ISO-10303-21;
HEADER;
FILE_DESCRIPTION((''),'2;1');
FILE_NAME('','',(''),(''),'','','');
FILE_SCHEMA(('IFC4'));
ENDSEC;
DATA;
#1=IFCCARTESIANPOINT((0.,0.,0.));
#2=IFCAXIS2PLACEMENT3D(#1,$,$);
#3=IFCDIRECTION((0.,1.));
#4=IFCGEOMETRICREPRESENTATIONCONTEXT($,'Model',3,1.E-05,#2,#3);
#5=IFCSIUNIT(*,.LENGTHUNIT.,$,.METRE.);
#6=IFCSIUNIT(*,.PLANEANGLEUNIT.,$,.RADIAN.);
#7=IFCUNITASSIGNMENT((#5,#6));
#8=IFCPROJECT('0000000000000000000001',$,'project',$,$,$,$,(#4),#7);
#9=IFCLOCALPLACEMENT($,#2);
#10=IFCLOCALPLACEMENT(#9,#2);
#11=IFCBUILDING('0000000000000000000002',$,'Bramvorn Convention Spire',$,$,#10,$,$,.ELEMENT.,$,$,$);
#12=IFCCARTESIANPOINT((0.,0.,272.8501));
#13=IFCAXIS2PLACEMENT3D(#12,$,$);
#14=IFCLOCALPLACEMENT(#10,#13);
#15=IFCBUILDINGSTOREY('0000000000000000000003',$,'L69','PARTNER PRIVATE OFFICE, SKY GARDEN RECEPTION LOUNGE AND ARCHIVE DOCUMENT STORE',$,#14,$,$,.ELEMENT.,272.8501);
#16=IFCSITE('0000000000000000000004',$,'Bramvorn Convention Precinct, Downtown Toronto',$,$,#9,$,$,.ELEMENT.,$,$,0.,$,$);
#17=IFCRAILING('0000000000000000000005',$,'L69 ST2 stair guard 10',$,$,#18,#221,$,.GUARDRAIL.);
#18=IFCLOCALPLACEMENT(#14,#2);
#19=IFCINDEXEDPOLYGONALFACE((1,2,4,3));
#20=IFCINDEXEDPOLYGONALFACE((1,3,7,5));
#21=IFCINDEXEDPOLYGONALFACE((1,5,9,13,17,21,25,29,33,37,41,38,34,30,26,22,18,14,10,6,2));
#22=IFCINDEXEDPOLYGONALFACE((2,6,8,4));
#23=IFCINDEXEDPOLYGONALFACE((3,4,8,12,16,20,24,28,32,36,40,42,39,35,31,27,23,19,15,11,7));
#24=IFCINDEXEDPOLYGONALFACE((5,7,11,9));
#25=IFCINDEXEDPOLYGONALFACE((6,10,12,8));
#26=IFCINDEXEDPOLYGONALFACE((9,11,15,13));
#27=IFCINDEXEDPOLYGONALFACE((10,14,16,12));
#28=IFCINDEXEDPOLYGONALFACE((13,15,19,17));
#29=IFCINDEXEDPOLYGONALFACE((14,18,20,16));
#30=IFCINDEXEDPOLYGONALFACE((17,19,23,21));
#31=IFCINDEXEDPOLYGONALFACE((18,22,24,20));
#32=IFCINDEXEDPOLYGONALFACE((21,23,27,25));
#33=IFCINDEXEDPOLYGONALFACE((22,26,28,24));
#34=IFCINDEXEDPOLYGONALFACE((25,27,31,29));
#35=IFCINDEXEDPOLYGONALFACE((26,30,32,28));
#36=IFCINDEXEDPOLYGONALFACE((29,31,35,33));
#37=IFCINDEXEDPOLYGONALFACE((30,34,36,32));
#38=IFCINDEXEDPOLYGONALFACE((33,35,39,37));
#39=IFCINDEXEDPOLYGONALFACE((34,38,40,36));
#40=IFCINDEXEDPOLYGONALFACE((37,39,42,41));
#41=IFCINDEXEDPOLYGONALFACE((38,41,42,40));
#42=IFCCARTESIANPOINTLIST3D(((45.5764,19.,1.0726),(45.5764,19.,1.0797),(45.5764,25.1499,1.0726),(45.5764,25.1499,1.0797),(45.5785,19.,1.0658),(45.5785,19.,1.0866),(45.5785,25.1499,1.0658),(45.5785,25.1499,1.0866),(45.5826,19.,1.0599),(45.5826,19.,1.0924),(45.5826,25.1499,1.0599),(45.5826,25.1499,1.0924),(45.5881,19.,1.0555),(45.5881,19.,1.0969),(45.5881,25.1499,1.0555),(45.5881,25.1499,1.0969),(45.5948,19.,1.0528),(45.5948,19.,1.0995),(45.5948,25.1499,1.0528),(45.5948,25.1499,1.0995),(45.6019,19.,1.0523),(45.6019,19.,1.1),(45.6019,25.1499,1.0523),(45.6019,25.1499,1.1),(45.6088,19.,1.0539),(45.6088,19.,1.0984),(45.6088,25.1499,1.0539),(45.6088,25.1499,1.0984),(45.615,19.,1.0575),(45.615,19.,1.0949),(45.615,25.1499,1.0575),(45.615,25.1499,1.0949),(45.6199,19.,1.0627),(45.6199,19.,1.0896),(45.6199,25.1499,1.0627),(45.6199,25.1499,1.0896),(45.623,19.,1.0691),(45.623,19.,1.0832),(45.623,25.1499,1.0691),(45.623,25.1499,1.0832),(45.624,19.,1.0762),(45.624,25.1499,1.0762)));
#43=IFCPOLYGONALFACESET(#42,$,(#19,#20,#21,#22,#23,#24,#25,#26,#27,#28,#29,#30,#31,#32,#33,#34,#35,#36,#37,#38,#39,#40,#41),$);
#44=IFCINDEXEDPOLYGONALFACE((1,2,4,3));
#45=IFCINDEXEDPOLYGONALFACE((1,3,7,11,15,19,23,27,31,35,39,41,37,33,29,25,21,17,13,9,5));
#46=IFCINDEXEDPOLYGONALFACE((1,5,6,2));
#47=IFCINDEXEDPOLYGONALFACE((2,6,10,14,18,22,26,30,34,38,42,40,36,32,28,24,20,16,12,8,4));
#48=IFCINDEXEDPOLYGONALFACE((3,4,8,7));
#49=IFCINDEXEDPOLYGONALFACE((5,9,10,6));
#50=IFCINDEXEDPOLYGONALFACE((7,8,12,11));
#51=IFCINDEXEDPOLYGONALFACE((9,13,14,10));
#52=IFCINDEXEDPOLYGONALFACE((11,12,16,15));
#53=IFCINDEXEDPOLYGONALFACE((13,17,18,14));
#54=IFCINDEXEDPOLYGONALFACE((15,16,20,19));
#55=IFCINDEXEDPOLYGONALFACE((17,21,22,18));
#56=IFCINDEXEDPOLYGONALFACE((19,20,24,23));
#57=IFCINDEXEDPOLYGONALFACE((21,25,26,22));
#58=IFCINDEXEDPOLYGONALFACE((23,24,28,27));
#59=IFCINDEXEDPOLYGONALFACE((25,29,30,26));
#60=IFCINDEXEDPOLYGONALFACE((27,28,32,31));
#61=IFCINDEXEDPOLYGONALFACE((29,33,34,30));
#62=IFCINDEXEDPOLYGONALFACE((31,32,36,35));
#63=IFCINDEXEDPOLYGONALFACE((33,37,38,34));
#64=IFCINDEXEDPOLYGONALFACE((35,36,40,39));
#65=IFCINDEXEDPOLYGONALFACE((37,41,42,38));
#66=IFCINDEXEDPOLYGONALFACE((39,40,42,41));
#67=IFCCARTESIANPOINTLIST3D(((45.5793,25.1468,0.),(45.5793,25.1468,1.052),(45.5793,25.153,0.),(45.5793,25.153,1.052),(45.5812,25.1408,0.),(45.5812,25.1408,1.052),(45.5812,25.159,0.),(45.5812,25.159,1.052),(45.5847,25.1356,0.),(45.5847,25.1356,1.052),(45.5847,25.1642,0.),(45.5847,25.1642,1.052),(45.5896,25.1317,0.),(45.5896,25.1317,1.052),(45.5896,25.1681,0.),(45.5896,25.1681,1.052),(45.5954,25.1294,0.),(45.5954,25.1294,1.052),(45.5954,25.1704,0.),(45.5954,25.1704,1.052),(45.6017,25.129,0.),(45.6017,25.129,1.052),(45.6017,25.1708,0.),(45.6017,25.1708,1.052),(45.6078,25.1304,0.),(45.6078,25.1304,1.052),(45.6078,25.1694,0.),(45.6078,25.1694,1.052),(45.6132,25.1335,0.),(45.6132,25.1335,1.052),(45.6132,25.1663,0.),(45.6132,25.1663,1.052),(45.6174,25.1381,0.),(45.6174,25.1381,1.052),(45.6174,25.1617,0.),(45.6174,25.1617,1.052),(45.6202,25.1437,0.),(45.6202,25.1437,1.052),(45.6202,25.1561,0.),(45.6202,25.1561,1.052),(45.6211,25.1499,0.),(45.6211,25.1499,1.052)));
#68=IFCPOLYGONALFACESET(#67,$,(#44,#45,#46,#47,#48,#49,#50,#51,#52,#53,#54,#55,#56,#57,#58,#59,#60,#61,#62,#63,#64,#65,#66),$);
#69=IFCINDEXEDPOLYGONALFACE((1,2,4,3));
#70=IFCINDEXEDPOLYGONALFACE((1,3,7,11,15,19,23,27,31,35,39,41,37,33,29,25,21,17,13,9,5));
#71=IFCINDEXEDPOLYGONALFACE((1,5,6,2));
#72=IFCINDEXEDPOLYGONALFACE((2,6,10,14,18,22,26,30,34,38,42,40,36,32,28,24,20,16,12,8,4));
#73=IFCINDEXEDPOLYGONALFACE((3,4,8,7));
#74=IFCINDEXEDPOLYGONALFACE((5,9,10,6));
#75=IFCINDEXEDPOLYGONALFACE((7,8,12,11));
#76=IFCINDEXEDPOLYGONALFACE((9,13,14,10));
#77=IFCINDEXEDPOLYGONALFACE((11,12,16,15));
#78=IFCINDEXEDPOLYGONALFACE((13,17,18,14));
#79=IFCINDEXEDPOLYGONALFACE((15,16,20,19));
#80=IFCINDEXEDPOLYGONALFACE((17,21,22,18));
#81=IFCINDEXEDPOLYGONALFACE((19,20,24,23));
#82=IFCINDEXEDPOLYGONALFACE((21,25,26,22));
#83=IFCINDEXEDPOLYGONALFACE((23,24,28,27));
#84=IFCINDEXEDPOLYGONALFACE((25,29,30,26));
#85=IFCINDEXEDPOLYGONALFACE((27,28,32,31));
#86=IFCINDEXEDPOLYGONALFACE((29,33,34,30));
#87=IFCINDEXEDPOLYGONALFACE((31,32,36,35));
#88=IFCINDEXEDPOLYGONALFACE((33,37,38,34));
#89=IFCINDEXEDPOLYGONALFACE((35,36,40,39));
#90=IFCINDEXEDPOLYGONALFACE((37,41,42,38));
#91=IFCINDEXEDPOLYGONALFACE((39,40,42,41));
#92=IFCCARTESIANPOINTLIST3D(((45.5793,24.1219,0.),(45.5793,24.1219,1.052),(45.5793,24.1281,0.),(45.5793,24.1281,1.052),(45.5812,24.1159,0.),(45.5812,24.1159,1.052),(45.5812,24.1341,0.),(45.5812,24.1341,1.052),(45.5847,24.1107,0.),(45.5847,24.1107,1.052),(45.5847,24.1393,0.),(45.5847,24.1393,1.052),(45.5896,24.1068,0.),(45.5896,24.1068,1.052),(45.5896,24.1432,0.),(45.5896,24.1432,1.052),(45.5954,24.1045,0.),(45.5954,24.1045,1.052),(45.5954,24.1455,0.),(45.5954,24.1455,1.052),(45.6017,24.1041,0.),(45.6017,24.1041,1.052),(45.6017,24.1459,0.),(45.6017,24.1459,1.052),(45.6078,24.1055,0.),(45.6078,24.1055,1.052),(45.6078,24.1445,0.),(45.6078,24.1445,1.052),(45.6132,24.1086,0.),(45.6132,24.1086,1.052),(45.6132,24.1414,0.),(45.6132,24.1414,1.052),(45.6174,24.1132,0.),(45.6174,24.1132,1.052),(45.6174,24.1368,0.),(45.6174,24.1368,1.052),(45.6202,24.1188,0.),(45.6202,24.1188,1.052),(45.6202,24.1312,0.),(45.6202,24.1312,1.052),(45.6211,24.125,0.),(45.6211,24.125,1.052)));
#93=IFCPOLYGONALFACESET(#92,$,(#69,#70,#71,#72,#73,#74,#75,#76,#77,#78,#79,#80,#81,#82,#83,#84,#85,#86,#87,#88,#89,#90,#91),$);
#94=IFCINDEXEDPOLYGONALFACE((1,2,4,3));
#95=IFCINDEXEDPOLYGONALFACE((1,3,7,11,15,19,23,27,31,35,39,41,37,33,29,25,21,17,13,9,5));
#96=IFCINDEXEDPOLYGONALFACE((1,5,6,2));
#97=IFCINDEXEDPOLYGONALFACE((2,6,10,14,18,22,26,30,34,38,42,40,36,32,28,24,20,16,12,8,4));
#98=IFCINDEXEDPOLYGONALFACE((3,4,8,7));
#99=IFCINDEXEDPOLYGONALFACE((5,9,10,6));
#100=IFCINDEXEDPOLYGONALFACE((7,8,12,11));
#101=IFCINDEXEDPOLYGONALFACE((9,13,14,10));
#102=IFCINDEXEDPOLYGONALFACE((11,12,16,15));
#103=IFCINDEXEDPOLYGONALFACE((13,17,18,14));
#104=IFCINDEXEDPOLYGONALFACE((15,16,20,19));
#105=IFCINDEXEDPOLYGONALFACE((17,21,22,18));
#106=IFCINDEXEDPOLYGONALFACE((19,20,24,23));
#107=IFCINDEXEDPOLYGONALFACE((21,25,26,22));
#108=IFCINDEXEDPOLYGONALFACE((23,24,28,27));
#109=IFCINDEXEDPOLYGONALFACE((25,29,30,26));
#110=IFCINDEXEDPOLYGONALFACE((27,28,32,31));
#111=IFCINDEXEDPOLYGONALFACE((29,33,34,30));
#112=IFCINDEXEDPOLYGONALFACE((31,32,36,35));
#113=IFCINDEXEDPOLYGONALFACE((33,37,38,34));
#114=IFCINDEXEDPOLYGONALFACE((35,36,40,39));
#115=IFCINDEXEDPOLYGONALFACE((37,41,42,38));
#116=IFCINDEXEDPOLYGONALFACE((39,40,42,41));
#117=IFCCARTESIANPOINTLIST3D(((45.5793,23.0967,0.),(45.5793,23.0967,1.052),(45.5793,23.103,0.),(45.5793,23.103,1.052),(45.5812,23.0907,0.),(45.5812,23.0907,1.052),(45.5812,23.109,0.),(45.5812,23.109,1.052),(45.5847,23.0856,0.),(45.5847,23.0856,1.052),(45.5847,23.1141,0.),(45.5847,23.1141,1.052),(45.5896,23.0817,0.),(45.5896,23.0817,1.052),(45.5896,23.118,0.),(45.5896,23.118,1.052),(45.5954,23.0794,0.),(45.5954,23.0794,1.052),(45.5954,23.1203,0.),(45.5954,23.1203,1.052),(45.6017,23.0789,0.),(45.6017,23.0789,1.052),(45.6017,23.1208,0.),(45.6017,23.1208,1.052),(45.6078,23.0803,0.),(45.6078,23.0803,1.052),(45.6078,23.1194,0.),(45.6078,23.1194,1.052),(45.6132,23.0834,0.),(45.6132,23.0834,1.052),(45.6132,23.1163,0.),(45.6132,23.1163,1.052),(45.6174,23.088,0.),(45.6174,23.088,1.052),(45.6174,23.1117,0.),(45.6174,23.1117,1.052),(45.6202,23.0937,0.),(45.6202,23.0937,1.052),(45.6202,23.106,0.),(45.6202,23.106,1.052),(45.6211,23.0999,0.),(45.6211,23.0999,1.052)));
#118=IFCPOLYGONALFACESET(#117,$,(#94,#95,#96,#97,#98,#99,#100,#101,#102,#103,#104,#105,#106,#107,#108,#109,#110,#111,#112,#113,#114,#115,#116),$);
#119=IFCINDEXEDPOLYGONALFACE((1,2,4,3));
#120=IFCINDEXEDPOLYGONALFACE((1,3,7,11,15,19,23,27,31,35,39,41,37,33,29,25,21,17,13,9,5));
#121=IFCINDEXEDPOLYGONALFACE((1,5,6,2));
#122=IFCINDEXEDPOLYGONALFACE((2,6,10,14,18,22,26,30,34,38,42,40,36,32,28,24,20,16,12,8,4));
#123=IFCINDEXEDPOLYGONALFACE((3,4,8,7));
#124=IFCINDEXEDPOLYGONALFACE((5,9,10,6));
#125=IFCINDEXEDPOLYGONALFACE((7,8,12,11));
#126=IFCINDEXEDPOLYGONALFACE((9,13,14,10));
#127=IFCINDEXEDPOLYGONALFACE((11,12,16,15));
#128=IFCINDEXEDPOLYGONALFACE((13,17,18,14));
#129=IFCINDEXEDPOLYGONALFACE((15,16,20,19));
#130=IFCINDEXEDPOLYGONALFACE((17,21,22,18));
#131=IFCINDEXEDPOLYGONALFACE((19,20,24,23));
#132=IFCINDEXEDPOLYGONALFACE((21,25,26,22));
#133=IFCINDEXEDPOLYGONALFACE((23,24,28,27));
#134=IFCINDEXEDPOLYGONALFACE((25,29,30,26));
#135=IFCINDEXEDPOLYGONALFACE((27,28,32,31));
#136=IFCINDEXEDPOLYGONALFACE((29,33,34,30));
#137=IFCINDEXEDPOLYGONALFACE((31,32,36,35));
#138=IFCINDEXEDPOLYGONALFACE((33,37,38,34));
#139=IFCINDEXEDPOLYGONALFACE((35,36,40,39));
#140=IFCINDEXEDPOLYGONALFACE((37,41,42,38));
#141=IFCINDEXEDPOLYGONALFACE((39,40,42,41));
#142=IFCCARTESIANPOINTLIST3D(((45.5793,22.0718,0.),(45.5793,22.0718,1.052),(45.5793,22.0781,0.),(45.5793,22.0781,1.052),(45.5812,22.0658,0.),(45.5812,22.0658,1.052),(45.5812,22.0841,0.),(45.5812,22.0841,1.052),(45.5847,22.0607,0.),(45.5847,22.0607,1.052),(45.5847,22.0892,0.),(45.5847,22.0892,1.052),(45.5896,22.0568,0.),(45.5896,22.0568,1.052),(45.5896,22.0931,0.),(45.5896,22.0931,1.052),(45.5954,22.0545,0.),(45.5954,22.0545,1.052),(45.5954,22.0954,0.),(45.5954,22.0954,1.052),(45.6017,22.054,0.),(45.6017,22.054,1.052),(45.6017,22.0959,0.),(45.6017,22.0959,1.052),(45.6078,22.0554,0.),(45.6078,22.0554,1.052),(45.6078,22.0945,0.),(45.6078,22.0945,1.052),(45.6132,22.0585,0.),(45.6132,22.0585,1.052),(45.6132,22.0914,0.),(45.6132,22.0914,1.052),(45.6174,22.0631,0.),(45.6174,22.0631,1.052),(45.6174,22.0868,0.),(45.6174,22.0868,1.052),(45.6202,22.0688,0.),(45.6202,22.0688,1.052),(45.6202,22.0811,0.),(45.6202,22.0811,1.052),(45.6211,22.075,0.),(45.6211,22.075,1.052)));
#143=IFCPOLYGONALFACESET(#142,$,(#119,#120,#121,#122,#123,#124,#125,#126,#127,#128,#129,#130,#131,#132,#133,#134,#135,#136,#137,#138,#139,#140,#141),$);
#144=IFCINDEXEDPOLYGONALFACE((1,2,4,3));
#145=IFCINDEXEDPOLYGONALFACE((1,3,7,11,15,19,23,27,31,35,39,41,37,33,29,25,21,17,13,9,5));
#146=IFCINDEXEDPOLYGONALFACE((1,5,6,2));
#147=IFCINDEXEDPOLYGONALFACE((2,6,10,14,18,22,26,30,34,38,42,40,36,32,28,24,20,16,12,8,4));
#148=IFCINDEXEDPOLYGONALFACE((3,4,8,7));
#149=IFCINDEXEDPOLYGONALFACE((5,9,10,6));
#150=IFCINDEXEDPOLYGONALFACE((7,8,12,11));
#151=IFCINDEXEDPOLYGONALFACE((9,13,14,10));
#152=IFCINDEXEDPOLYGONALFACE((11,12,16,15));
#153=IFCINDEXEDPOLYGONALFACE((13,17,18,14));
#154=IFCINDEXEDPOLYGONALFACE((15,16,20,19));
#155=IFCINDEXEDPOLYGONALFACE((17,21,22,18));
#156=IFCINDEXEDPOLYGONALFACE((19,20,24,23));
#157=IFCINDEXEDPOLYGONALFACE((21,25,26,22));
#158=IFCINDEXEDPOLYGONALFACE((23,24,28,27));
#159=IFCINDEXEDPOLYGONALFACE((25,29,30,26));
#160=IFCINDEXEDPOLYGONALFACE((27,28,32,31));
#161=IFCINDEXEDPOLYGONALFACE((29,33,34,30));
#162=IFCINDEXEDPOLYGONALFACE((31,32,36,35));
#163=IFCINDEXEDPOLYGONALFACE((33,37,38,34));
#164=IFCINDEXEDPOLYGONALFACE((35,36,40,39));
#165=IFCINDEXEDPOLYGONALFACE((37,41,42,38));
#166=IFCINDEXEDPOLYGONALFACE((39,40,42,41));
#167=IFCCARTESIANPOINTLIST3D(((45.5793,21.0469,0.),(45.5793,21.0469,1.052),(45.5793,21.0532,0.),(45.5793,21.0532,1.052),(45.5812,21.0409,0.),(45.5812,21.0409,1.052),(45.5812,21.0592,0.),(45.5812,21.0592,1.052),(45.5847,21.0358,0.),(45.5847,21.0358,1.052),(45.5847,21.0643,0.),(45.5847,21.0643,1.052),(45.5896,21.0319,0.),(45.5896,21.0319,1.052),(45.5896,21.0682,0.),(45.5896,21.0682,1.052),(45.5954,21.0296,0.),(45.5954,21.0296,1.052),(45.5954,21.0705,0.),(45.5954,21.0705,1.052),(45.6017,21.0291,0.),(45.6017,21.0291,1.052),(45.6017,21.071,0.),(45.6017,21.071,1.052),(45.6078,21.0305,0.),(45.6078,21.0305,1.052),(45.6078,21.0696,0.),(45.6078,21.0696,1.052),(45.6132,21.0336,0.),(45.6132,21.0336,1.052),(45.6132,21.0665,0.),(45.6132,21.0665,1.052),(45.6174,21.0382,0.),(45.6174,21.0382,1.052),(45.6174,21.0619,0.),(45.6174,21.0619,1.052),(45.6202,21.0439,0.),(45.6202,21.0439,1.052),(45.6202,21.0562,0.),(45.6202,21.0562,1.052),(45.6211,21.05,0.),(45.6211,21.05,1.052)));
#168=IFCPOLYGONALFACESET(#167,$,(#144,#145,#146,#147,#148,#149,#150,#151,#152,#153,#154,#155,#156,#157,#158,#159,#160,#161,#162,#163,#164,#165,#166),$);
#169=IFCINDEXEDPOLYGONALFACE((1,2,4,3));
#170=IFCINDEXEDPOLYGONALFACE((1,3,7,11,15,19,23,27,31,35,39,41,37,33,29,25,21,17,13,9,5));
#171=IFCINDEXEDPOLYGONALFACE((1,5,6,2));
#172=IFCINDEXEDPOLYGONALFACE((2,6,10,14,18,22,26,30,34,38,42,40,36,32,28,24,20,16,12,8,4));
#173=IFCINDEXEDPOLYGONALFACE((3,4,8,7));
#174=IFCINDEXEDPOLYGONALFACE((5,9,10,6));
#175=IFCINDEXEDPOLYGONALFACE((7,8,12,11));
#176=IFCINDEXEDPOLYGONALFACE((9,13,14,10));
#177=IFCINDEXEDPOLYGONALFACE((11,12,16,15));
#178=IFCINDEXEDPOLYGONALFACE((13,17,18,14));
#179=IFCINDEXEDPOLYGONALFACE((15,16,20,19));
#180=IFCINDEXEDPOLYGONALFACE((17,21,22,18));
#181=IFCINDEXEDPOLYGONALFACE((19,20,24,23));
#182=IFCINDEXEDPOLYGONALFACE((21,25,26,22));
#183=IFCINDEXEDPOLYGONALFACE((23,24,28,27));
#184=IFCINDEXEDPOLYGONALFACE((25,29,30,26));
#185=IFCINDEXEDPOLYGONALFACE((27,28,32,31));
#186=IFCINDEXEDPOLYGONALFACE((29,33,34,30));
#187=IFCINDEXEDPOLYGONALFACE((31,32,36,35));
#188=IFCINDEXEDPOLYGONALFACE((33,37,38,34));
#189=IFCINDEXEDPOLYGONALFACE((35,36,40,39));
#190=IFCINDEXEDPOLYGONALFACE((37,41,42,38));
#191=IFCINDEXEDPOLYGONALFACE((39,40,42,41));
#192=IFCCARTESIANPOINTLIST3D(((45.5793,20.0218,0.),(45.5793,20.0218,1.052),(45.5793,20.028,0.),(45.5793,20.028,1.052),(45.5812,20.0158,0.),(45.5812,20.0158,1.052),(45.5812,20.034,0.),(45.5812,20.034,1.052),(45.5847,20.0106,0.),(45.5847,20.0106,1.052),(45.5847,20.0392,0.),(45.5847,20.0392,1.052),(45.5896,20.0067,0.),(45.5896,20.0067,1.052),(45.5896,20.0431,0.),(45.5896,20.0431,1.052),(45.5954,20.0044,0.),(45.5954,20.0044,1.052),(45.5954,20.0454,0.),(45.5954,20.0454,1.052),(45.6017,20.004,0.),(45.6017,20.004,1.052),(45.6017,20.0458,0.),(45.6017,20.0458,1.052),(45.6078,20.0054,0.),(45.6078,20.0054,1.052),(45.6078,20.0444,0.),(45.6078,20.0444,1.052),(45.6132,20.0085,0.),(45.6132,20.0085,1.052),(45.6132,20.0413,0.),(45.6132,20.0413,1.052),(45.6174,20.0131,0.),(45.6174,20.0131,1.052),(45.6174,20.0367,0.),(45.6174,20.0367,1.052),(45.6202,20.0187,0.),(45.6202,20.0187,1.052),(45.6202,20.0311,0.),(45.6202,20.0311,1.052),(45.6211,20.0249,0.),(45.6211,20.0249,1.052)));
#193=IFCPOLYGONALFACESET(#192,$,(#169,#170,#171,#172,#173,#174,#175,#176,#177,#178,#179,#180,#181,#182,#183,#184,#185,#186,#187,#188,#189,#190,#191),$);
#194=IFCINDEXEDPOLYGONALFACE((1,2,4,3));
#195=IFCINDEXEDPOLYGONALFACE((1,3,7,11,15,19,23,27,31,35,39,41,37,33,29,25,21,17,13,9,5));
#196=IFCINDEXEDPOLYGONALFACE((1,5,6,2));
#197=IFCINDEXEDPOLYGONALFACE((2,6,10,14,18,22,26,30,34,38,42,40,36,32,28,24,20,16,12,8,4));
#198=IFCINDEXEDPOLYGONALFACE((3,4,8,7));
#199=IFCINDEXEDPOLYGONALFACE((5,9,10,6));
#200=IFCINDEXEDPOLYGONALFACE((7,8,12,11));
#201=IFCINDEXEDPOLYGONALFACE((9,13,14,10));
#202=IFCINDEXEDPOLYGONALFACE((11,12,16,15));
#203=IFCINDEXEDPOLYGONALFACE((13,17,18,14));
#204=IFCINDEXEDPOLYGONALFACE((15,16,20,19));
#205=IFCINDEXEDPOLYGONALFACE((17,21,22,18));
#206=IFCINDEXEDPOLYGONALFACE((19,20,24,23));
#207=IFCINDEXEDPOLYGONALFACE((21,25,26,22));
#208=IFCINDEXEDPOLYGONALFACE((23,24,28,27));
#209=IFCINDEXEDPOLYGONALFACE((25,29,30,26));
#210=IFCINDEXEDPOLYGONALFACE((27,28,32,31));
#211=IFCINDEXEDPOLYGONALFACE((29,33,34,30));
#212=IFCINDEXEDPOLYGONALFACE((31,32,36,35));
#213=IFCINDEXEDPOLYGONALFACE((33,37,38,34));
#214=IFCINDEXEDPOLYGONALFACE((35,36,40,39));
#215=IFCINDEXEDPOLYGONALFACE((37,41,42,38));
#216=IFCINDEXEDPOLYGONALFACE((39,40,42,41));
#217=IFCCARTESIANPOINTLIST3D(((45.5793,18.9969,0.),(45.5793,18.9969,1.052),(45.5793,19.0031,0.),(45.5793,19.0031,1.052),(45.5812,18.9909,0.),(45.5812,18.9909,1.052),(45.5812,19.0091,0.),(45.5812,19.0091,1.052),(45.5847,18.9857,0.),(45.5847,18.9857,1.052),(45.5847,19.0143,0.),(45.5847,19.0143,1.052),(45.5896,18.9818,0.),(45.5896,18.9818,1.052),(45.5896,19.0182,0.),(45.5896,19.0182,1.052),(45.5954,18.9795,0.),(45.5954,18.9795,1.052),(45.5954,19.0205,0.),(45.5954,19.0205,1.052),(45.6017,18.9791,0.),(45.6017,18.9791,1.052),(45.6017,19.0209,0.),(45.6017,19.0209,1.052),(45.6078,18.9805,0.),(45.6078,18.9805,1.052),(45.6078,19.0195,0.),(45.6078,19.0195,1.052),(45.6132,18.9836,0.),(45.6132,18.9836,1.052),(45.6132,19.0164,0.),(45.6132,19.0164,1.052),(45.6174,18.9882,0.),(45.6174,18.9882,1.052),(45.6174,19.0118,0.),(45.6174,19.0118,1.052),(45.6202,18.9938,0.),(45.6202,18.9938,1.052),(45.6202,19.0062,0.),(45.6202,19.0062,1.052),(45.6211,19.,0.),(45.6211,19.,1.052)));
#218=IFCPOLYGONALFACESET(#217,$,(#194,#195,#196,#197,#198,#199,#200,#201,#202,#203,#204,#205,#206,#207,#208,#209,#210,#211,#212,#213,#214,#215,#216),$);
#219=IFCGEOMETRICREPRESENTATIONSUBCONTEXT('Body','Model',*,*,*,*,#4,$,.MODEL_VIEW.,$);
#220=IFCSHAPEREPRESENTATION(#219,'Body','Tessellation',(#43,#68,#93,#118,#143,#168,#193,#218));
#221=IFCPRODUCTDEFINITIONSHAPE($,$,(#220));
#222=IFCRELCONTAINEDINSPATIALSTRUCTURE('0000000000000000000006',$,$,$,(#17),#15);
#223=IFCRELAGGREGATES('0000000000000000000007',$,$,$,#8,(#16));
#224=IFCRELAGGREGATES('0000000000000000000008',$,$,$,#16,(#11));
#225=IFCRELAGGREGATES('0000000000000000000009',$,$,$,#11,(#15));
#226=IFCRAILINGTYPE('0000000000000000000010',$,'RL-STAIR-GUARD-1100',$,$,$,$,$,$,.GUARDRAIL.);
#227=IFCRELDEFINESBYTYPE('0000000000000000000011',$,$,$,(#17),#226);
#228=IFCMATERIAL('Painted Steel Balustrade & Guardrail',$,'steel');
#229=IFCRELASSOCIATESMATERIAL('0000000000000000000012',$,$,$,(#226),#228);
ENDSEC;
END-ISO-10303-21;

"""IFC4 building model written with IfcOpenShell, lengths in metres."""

from ifc_helpers import new_model, si_unit, direction, frame, origin, origin_2d, place, context, subcontext, project, spatial, circle, extrude, material, type_object, element, save


model = new_model("IFC4")

# Units and contexts
model_context = context("Model", 3, precision=1e-05, world=origin(), true_north=direction((0.0, 1.0)))
body_context = subcontext(model_context, "Body", "Model", "MODEL_VIEW")
ifc_project = project(units=[si_unit("LENGTHUNIT", "METRE"), si_unit("PLANEANGLEUNIT", "RADIAN")], contexts=[model_context])

# Site, building, storey
site_placement = place(None, origin())
site = spatial("IfcSite", under=ifc_project, at=site_placement, Name="Bramvorn Convention Precinct, Downtown Toronto", CompositionType="ELEMENT", RefElevation=0.0)
building_placement = place(site_placement, origin())
building = spatial("IfcBuilding", under=site, at=building_placement, Name="Bramvorn Convention Spire", CompositionType="ELEMENT")
storey_placement = place(building_placement, frame((0.0, 0.0, 272.8501)))
storey = spatial("IfcBuildingStorey", under=building, at=storey_placement, Name="L69", Description="PARTNER PRIVATE OFFICE, SKY GARDEN RECEPTION LOUNGE AND ARCHIVE DOCUMENT STORE", CompositionType="ELEMENT", Elevation=272.8501)

# Railing
ifc_material_1 = material(Name="Painted Steel Balustrade & Guardrail", Category="steel")
railing_type_1 = type_object("IfcRailingType", Name="RL-STAIR-GUARD-1100", PredefinedType="GUARDRAIL", material=ifc_material_1)
railing_1_placement = place(storey_placement, frame((45.6001, 25.1499, 0.0)))
element("IfcRailing", 1, at=railing_1_placement, inside=storey, type_object=railing_type_1, Name="L69 ST2 stair guard 10", PredefinedType="GUARDRAIL", context=body_context, shape_type="SweptSolid", body=[
    extrude(circle(Radius=0.0239, at=origin_2d()), frame((0.0, 0.0, 1.0762), z_axis=(0.0, -1.0, 0.0), x_axis=(1.0, 0.0, 0.0)), (0.0, 0.0, 1.0), 6.1499),
    extrude(circle(Radius=0.021, at=origin_2d()), origin(), (0.0, 0.0, 1.0), 1.052),
    extrude(circle(Radius=0.021, at=origin_2d()), frame((0.0, -1.0249, 0.0)), (0.0, 0.0, 1.0), 1.052),
    extrude(circle(Radius=0.021, at=origin_2d()), frame((0.0, -2.05, 0.0)), (0.0, 0.0, 1.0), 1.052),
    extrude(circle(Radius=0.021, at=origin_2d()), frame((0.0, -3.075, 0.0)), (0.0, 0.0, 1.0), 1.052),
    extrude(circle(Radius=0.021, at=origin_2d()), frame((0.0, -4.0999, 0.0)), (0.0, 0.0, 1.0), 1.052),
    extrude(circle(Radius=0.021, at=origin_2d()), frame((0.0, -5.125, 0.0)), (0.0, 0.0, 1.0), 1.052),
    extrude(circle(Radius=0.021, at=origin_2d()), frame((0.0, -6.1499, 0.0)), (0.0, 0.0, 1.0), 1.052),
])

save(model, "model.ifc")
